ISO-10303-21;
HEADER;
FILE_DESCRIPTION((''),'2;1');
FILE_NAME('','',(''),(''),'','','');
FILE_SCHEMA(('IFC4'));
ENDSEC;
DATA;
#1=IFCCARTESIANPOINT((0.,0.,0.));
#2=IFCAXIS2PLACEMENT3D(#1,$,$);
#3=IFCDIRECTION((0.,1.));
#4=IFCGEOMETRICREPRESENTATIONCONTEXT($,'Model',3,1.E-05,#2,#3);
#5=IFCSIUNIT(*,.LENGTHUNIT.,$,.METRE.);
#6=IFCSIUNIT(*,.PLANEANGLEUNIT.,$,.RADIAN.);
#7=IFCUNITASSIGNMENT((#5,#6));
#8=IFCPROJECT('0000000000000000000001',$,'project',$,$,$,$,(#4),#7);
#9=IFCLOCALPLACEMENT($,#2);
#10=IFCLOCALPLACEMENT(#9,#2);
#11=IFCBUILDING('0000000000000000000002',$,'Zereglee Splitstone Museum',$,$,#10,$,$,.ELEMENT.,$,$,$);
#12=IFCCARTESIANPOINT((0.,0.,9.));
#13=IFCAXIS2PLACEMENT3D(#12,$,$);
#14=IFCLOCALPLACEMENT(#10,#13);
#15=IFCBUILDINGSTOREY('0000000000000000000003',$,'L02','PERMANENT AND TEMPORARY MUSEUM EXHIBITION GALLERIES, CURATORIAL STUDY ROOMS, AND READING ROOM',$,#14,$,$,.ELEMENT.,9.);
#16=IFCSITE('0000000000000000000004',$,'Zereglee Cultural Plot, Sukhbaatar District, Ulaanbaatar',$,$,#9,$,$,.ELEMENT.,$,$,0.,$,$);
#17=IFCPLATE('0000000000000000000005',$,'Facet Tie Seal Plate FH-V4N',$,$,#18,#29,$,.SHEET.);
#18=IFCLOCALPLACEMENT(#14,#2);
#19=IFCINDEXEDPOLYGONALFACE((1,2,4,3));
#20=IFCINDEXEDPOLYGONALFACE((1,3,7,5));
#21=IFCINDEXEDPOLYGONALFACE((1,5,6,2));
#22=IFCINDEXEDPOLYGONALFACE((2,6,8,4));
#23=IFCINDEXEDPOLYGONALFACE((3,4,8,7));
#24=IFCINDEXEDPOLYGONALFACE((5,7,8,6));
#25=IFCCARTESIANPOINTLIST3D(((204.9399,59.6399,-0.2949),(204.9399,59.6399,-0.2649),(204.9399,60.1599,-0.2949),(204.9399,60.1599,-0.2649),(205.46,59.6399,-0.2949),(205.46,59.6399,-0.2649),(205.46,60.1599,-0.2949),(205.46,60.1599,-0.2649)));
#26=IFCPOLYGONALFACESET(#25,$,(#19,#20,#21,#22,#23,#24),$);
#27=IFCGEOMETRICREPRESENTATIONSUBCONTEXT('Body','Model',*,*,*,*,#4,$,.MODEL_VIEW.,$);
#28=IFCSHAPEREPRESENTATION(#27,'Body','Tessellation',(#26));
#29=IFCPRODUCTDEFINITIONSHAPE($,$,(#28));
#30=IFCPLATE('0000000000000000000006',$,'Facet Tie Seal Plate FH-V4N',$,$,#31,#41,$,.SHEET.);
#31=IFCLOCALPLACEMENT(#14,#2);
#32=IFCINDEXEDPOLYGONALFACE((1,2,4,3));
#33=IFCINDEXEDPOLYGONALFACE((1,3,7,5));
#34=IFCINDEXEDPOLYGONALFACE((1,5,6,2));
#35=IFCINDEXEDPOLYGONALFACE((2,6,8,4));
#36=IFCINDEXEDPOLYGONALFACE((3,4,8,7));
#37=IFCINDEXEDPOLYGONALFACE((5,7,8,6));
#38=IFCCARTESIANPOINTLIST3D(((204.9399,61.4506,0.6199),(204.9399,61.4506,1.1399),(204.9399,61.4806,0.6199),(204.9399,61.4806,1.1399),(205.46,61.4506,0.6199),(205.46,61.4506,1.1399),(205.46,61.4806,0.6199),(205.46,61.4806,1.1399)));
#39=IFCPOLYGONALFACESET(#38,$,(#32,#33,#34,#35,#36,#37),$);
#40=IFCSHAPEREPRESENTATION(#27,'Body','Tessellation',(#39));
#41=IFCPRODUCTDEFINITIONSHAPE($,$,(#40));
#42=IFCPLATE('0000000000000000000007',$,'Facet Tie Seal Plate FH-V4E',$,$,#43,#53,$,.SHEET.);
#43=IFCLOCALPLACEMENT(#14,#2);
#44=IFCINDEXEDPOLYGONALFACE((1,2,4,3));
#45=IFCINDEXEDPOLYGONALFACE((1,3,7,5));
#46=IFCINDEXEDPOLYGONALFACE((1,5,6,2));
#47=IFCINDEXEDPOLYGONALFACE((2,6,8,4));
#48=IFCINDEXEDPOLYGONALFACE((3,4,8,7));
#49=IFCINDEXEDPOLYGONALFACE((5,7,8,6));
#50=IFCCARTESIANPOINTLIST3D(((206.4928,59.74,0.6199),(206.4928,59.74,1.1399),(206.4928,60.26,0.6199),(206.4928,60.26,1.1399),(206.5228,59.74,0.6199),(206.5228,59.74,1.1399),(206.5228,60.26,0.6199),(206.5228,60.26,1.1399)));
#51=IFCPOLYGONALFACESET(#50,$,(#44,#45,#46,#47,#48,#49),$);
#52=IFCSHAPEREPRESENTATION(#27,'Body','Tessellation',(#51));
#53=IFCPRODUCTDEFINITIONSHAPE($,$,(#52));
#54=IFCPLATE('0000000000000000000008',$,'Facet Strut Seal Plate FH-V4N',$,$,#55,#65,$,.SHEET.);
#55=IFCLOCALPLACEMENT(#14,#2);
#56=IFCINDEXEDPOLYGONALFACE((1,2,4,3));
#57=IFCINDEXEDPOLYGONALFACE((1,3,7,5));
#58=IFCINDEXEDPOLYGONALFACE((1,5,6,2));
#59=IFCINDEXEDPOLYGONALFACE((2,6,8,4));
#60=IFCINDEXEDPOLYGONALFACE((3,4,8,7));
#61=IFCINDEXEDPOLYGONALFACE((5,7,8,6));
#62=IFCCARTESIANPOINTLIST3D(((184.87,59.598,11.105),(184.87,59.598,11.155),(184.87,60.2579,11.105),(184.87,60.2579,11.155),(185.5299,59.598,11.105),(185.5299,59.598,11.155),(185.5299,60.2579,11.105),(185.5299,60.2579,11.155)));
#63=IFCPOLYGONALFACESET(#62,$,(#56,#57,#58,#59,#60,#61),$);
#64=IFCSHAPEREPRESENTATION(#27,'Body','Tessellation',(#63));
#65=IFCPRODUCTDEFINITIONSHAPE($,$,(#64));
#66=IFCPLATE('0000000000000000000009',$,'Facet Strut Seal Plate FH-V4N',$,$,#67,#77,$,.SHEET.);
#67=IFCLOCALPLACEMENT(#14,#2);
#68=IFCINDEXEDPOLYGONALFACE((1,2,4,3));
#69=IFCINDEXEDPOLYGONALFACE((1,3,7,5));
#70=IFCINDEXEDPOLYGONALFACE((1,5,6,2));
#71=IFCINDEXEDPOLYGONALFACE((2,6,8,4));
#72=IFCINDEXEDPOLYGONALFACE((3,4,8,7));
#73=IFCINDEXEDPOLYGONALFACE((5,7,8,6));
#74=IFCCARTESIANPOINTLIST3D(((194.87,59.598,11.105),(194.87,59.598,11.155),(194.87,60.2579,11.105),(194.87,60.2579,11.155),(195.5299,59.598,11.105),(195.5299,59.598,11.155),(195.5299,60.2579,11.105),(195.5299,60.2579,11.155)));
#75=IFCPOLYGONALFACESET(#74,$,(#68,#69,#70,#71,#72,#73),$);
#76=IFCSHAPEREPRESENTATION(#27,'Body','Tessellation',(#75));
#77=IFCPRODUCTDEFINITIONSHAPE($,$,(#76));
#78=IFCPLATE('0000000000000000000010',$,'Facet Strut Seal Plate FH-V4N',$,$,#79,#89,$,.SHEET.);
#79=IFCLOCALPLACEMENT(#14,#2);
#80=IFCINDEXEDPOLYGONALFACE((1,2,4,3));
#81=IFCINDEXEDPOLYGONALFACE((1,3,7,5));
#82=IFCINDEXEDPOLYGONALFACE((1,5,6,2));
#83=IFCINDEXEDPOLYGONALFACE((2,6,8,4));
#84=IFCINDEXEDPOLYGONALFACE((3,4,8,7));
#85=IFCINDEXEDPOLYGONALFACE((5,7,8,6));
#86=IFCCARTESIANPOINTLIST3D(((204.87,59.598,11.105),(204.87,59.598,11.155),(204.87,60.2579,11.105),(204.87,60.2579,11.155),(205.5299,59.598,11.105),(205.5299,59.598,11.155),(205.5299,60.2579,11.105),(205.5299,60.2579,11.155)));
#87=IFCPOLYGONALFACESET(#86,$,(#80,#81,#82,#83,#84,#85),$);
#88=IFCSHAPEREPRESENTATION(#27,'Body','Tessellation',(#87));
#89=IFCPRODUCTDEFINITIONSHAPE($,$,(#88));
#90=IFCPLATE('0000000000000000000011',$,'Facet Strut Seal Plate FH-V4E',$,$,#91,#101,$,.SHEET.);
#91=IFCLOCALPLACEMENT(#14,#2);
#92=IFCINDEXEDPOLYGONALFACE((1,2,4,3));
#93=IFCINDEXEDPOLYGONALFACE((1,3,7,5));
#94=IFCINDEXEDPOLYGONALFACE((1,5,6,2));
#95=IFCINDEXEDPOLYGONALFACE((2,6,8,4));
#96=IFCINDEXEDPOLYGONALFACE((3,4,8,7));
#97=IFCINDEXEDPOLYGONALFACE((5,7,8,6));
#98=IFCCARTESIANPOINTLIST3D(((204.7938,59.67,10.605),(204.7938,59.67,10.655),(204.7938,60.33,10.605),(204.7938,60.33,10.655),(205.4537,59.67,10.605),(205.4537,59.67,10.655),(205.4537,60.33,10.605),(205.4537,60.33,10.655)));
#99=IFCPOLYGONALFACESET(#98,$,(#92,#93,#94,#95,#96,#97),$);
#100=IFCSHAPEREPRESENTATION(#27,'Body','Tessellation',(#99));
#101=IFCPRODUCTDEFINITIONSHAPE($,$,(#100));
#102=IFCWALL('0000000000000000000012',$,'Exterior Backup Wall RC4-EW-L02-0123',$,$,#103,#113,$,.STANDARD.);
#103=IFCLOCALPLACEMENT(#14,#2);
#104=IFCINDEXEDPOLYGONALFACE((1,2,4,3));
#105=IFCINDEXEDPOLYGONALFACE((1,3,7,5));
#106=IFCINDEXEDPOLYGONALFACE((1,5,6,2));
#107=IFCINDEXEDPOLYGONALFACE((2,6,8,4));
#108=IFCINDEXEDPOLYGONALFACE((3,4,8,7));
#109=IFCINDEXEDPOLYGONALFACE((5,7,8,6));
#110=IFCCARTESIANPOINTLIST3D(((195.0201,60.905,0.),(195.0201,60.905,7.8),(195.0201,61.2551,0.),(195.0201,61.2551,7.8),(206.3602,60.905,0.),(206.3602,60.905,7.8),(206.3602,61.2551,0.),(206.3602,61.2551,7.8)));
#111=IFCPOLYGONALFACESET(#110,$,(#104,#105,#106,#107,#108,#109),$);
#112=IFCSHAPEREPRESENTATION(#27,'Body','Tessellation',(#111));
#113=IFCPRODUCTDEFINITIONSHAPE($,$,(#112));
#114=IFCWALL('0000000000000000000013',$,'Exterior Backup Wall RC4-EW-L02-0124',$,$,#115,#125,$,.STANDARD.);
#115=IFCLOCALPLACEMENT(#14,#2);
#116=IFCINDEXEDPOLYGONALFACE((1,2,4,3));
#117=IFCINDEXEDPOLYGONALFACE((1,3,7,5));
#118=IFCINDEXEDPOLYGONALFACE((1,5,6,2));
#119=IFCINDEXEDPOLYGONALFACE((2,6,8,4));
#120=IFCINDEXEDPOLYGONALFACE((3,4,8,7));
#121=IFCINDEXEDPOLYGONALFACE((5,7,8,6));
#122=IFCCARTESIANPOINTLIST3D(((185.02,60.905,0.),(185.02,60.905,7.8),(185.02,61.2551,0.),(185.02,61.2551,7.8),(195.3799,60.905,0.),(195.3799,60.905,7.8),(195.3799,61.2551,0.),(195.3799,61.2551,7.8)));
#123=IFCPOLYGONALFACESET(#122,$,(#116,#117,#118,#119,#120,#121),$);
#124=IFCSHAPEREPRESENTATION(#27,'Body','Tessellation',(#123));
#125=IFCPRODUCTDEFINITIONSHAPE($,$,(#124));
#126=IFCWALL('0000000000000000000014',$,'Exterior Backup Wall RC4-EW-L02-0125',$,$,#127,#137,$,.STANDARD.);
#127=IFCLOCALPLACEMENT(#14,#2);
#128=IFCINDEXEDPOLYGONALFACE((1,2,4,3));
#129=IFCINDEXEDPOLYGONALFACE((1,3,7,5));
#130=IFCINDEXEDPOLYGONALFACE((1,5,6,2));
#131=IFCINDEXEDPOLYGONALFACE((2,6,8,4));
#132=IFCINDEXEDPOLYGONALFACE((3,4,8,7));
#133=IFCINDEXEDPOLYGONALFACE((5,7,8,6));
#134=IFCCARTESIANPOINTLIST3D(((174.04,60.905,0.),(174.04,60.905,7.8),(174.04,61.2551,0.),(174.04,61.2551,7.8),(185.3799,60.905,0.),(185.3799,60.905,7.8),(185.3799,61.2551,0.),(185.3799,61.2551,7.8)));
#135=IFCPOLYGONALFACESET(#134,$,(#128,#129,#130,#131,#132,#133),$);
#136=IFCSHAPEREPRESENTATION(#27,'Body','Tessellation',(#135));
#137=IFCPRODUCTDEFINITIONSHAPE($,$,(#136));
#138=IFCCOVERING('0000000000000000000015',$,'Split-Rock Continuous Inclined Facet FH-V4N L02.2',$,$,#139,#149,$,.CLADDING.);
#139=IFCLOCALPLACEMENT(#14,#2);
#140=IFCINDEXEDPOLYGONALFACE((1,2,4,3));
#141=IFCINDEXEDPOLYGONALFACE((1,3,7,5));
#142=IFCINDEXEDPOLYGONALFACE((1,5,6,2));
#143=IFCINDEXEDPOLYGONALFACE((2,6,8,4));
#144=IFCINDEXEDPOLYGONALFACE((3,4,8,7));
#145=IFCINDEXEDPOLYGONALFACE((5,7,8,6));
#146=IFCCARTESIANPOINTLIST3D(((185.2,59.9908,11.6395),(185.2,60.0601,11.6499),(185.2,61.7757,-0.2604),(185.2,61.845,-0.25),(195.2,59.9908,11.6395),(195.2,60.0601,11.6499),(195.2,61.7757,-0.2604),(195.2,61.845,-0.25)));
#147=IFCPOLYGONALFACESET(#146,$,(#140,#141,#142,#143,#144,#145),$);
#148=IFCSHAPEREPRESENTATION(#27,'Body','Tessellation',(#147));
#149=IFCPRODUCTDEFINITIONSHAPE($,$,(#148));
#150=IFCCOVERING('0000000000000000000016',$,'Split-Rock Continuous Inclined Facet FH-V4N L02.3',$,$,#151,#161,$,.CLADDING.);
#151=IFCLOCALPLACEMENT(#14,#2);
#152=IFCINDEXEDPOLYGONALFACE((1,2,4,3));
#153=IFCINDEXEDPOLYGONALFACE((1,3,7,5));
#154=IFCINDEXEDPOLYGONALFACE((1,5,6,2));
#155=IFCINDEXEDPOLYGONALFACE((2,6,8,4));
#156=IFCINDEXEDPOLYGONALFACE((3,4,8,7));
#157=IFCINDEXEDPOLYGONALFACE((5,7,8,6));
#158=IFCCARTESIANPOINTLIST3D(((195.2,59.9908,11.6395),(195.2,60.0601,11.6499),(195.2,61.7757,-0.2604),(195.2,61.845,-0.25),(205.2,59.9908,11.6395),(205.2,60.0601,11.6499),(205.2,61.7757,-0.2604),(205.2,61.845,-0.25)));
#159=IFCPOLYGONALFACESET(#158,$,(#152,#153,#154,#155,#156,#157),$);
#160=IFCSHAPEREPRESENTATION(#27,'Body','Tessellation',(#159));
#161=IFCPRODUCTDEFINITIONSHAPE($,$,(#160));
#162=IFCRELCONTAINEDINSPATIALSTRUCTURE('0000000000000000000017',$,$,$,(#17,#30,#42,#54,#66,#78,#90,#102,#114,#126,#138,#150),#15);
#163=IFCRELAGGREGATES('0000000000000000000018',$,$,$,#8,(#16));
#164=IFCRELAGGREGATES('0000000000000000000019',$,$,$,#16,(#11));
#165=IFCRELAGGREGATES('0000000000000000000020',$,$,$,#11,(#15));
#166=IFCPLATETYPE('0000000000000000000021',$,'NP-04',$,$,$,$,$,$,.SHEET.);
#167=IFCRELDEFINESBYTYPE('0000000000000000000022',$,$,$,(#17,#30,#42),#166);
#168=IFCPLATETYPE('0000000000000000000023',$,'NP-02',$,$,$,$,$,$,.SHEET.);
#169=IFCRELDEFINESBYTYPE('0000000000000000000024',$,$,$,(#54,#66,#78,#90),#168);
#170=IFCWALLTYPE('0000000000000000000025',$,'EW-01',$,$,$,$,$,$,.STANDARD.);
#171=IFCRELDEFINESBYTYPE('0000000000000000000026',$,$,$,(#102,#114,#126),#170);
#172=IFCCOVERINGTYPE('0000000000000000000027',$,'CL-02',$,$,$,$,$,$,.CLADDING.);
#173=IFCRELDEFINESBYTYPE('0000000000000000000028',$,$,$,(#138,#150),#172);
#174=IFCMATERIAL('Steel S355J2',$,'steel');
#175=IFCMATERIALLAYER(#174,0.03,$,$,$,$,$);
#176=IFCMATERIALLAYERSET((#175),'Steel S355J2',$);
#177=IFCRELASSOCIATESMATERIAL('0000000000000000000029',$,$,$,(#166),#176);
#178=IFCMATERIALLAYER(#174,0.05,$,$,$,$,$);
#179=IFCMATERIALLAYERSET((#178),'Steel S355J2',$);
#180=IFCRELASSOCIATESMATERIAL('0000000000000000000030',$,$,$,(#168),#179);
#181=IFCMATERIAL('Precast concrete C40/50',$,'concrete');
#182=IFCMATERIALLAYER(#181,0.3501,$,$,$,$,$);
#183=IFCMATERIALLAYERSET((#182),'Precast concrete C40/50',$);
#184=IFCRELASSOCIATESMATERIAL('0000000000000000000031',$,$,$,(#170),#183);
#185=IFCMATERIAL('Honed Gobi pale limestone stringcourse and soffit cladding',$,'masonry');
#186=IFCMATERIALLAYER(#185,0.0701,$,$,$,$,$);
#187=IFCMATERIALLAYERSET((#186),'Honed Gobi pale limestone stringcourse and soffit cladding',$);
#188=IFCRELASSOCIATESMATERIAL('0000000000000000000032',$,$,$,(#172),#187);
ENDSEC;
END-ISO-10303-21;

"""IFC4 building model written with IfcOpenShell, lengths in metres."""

from ifc_helpers import new_model, si_unit, direction, frame, frame_2d, origin, origin_2d, place, context, subcontext, project, spatial, polyline, rectangle, outline, extrude, material, layer, layer_set, type_object, element, save


model = new_model("IFC4")

# Units and contexts
model_context = context("Model", 3, precision=1e-05, world=origin(), true_north=direction((0.0, 1.0)))
body_context = subcontext(model_context, "Body", "Model", "MODEL_VIEW")
ifc_project = project(units=[si_unit("LENGTHUNIT", "METRE"), si_unit("PLANEANGLEUNIT", "RADIAN")], contexts=[model_context])

# Site, building, storey
site_placement = place(None, origin())
site = spatial("IfcSite", under=ifc_project, at=site_placement, Name="Zereglee Cultural Plot, Sukhbaatar District, Ulaanbaatar", CompositionType="ELEMENT", RefElevation=0.0)
building_placement = place(site_placement, origin())
building = spatial("IfcBuilding", under=site, at=building_placement, Name="Zereglee Splitstone Museum", CompositionType="ELEMENT")
storey_placement = place(building_placement, frame((0.0, 0.0, 9.0)))
storey = spatial("IfcBuildingStorey", under=building, at=storey_placement, Name="L02", Description="PERMANENT AND TEMPORARY MUSEUM EXHIBITION GALLERIES, CURATORIAL STUDY ROOMS, AND READING ROOM", CompositionType="ELEMENT", Elevation=9.0)

# Shared definitions
ifc_material_1 = material(Name="Steel S355J2", Category="steel")

# Plates
ifc_layer_1 = layer(ifc_material_1, 0.03)
ifc_layer_set_1 = layer_set([ifc_layer_1], Name="Steel S355J2")
plate_type_1 = type_object("IfcPlateType", Name="NP-04", PredefinedType="SHEET", material=ifc_layer_set_1)
plate_1_placement = place(storey_placement, frame((205.2, 59.8999, -0.2949), z_axis=(0.0, 0.0, 1.0), x_axis=(1.0, 0.0, 0.0)))
element("IfcPlate", 1, at=plate_1_placement, inside=storey, type_object=plate_type_1, Name="Facet Tie Seal Plate FH-V4N", PredefinedType="SHEET", context=body_context, shape_type="SweptSolid", body=[
    extrude(rectangle(XDim=0.52, YDim=0.52, at=origin_2d()), origin(), (0.0, 0.0, 1.0), 0.03),
])
plate_2_placement = place(storey_placement, frame((205.2, 61.4656, 0.6199), z_axis=(0.0, 0.0, 1.0), x_axis=(1.0, 0.0, 0.0)))
element("IfcPlate", 2, at=plate_2_placement, inside=storey, type_object=plate_type_1, Name="Facet Tie Seal Plate FH-V4N", PredefinedType="SHEET", context=body_context, shape_type="SweptSolid", body=[
    extrude(rectangle(XDim=0.52, YDim=0.03, at=origin_2d()), origin(), (0.0, 0.0, 1.0), 0.52),
])
plate_3_placement = place(storey_placement, frame((206.5078, 60.0, 0.6199), z_axis=(0.0, 0.0, 1.0), x_axis=(1.0, 0.0, 0.0)))
element("IfcPlate", 3, at=plate_3_placement, inside=storey, type_object=plate_type_1, Name="Facet Tie Seal Plate FH-V4E", PredefinedType="SHEET", context=body_context, shape_type="SweptSolid", body=[
    extrude(rectangle(XDim=0.03, YDim=0.52, at=origin_2d()), origin(), (0.0, 0.0, 1.0), 0.52),
])
ifc_layer_2 = layer(ifc_material_1, 0.05)
ifc_layer_set_2 = layer_set([ifc_layer_2], Name="Steel S355J2")
plate_type_2 = type_object("IfcPlateType", Name="NP-02", PredefinedType="SHEET", material=ifc_layer_set_2)
for number, where, z_axis, x_axis, name in (
    (4, (185.2, 59.928, 11.105), (0.0, 0.0, 1.0), (1.0, 0.0, 0.0), "Facet Strut Seal Plate FH-V4N"),
    (5, (195.2, 59.928, 11.105), (0.0, 0.0, 1.0), (1.0, 0.0, 0.0), "Facet Strut Seal Plate FH-V4N"),
    (6, (205.2, 59.928, 11.105), (0.0, 0.0, 1.0), (1.0, 0.0, 0.0), "Facet Strut Seal Plate FH-V4N"),
    (7, (205.1238, 60.0, 10.605), (0.0, 0.0, 1.0), (1.0, 0.0, 0.0), "Facet Strut Seal Plate FH-V4E"),
):
    element("IfcPlate", number, at=place(storey_placement, frame(where, z_axis=z_axis, x_axis=x_axis)), inside=storey, type_object=plate_type_2, Name=name, PredefinedType="SHEET", context=body_context, shape_type="SweptSolid", body=[
        extrude(rectangle(XDim=0.6599, YDim=0.6599, at=origin_2d()), origin(), (0.0, 0.0, 1.0), 0.05),
    ])

# Walls
ifc_material_2 = material(Name="Precast concrete C40/50", Category="concrete")
ifc_layer_3 = layer(ifc_material_2, 0.3501)
ifc_layer_set_3 = layer_set([ifc_layer_3], Name="Precast concrete C40/50")
wall_type = type_object("IfcWallType", Name="EW-01", PredefinedType="STANDARD", material=ifc_layer_set_3)
wall_1_placement = place(storey_placement, frame((206.3601, 61.0801, 0.0), z_axis=(0.0, 0.0, 1.0), x_axis=(-1.0, 0.0, 0.0)))
element("IfcWall", 8, at=wall_1_placement, inside=storey, type_object=wall_type, Name="Exterior Backup Wall RC4-EW-L02-0123", PredefinedType="STANDARD", context=body_context, shape_type="SweptSolid", body=[
    extrude(rectangle(XDim=11.3401, YDim=0.3501, at=frame_2d((5.6699, 0.0))), origin(), (0.0, 0.0, 1.0), 7.8),
])
wall_2_placement = place(storey_placement, frame((195.3799, 61.0801, 0.0), z_axis=(0.0, 0.0, 1.0), x_axis=(-1.0, 0.0, 0.0)))
element("IfcWall", 9, at=wall_2_placement, inside=storey, type_object=wall_type, Name="Exterior Backup Wall RC4-EW-L02-0124", PredefinedType="STANDARD", context=body_context, shape_type="SweptSolid", body=[
    extrude(rectangle(XDim=10.3599, YDim=0.3501, at=frame_2d((5.1799, 0.0))), origin(), (0.0, 0.0, 1.0), 7.8),
])
wall_3_placement = place(storey_placement, frame((185.3799, 61.0801, 0.0), z_axis=(0.0, 0.0, 1.0), x_axis=(-1.0, 0.0, 0.0)))
element("IfcWall", 10, at=wall_3_placement, inside=storey, type_object=wall_type, Name="Exterior Backup Wall RC4-EW-L02-0125", PredefinedType="STANDARD", context=body_context, shape_type="SweptSolid", body=[
    extrude(rectangle(XDim=11.3398, YDim=0.3501, at=frame_2d((5.6699, 0.0))), origin(), (0.0, 0.0, 1.0), 7.8),
])

# Coverings
ifc_material_3 = material(Name="Honed Gobi pale limestone stringcourse and soffit cladding", Category="masonry")
ifc_layer_4 = layer(ifc_material_3, 0.0701)
ifc_layer_set_4 = layer_set([ifc_layer_4], Name="Honed Gobi pale limestone stringcourse and soffit cladding")
covering_type = type_object("IfcCoveringType", Name="CL-02", PredefinedType="CLADDING", material=ifc_layer_set_4)
for number, where, z_axis, x_axis, name in (
    (11, (185.2, 60.0601, 11.6499), (0.0, 0.988937, 0.148335), (1.0, 0.0, 0.0), "Split-Rock Continuous Inclined Facet FH-V4N L02.2"),
    (12, (195.2, 60.0601, 11.6499), (0.0, 0.988937, 0.148335), (1.0, 0.0, 0.0), "Split-Rock Continuous Inclined Facet FH-V4N L02.3"),
):
    element("IfcCovering", number, at=place(storey_placement, frame(where, z_axis=z_axis, x_axis=x_axis)), inside=storey, type_object=covering_type, Name=name, PredefinedType="CLADDING", context=body_context, shape_type="SweptSolid", body=[
        extrude(outline(polyline([(0.0, 0.0), (10.0, 0.0), (10.0, 12.033), (0.0, 12.033), (0.0, 0.0)])), origin(), (0.0, 0.0, -1.0), 0.0701),
    ])

save(model, "model.ifc")
